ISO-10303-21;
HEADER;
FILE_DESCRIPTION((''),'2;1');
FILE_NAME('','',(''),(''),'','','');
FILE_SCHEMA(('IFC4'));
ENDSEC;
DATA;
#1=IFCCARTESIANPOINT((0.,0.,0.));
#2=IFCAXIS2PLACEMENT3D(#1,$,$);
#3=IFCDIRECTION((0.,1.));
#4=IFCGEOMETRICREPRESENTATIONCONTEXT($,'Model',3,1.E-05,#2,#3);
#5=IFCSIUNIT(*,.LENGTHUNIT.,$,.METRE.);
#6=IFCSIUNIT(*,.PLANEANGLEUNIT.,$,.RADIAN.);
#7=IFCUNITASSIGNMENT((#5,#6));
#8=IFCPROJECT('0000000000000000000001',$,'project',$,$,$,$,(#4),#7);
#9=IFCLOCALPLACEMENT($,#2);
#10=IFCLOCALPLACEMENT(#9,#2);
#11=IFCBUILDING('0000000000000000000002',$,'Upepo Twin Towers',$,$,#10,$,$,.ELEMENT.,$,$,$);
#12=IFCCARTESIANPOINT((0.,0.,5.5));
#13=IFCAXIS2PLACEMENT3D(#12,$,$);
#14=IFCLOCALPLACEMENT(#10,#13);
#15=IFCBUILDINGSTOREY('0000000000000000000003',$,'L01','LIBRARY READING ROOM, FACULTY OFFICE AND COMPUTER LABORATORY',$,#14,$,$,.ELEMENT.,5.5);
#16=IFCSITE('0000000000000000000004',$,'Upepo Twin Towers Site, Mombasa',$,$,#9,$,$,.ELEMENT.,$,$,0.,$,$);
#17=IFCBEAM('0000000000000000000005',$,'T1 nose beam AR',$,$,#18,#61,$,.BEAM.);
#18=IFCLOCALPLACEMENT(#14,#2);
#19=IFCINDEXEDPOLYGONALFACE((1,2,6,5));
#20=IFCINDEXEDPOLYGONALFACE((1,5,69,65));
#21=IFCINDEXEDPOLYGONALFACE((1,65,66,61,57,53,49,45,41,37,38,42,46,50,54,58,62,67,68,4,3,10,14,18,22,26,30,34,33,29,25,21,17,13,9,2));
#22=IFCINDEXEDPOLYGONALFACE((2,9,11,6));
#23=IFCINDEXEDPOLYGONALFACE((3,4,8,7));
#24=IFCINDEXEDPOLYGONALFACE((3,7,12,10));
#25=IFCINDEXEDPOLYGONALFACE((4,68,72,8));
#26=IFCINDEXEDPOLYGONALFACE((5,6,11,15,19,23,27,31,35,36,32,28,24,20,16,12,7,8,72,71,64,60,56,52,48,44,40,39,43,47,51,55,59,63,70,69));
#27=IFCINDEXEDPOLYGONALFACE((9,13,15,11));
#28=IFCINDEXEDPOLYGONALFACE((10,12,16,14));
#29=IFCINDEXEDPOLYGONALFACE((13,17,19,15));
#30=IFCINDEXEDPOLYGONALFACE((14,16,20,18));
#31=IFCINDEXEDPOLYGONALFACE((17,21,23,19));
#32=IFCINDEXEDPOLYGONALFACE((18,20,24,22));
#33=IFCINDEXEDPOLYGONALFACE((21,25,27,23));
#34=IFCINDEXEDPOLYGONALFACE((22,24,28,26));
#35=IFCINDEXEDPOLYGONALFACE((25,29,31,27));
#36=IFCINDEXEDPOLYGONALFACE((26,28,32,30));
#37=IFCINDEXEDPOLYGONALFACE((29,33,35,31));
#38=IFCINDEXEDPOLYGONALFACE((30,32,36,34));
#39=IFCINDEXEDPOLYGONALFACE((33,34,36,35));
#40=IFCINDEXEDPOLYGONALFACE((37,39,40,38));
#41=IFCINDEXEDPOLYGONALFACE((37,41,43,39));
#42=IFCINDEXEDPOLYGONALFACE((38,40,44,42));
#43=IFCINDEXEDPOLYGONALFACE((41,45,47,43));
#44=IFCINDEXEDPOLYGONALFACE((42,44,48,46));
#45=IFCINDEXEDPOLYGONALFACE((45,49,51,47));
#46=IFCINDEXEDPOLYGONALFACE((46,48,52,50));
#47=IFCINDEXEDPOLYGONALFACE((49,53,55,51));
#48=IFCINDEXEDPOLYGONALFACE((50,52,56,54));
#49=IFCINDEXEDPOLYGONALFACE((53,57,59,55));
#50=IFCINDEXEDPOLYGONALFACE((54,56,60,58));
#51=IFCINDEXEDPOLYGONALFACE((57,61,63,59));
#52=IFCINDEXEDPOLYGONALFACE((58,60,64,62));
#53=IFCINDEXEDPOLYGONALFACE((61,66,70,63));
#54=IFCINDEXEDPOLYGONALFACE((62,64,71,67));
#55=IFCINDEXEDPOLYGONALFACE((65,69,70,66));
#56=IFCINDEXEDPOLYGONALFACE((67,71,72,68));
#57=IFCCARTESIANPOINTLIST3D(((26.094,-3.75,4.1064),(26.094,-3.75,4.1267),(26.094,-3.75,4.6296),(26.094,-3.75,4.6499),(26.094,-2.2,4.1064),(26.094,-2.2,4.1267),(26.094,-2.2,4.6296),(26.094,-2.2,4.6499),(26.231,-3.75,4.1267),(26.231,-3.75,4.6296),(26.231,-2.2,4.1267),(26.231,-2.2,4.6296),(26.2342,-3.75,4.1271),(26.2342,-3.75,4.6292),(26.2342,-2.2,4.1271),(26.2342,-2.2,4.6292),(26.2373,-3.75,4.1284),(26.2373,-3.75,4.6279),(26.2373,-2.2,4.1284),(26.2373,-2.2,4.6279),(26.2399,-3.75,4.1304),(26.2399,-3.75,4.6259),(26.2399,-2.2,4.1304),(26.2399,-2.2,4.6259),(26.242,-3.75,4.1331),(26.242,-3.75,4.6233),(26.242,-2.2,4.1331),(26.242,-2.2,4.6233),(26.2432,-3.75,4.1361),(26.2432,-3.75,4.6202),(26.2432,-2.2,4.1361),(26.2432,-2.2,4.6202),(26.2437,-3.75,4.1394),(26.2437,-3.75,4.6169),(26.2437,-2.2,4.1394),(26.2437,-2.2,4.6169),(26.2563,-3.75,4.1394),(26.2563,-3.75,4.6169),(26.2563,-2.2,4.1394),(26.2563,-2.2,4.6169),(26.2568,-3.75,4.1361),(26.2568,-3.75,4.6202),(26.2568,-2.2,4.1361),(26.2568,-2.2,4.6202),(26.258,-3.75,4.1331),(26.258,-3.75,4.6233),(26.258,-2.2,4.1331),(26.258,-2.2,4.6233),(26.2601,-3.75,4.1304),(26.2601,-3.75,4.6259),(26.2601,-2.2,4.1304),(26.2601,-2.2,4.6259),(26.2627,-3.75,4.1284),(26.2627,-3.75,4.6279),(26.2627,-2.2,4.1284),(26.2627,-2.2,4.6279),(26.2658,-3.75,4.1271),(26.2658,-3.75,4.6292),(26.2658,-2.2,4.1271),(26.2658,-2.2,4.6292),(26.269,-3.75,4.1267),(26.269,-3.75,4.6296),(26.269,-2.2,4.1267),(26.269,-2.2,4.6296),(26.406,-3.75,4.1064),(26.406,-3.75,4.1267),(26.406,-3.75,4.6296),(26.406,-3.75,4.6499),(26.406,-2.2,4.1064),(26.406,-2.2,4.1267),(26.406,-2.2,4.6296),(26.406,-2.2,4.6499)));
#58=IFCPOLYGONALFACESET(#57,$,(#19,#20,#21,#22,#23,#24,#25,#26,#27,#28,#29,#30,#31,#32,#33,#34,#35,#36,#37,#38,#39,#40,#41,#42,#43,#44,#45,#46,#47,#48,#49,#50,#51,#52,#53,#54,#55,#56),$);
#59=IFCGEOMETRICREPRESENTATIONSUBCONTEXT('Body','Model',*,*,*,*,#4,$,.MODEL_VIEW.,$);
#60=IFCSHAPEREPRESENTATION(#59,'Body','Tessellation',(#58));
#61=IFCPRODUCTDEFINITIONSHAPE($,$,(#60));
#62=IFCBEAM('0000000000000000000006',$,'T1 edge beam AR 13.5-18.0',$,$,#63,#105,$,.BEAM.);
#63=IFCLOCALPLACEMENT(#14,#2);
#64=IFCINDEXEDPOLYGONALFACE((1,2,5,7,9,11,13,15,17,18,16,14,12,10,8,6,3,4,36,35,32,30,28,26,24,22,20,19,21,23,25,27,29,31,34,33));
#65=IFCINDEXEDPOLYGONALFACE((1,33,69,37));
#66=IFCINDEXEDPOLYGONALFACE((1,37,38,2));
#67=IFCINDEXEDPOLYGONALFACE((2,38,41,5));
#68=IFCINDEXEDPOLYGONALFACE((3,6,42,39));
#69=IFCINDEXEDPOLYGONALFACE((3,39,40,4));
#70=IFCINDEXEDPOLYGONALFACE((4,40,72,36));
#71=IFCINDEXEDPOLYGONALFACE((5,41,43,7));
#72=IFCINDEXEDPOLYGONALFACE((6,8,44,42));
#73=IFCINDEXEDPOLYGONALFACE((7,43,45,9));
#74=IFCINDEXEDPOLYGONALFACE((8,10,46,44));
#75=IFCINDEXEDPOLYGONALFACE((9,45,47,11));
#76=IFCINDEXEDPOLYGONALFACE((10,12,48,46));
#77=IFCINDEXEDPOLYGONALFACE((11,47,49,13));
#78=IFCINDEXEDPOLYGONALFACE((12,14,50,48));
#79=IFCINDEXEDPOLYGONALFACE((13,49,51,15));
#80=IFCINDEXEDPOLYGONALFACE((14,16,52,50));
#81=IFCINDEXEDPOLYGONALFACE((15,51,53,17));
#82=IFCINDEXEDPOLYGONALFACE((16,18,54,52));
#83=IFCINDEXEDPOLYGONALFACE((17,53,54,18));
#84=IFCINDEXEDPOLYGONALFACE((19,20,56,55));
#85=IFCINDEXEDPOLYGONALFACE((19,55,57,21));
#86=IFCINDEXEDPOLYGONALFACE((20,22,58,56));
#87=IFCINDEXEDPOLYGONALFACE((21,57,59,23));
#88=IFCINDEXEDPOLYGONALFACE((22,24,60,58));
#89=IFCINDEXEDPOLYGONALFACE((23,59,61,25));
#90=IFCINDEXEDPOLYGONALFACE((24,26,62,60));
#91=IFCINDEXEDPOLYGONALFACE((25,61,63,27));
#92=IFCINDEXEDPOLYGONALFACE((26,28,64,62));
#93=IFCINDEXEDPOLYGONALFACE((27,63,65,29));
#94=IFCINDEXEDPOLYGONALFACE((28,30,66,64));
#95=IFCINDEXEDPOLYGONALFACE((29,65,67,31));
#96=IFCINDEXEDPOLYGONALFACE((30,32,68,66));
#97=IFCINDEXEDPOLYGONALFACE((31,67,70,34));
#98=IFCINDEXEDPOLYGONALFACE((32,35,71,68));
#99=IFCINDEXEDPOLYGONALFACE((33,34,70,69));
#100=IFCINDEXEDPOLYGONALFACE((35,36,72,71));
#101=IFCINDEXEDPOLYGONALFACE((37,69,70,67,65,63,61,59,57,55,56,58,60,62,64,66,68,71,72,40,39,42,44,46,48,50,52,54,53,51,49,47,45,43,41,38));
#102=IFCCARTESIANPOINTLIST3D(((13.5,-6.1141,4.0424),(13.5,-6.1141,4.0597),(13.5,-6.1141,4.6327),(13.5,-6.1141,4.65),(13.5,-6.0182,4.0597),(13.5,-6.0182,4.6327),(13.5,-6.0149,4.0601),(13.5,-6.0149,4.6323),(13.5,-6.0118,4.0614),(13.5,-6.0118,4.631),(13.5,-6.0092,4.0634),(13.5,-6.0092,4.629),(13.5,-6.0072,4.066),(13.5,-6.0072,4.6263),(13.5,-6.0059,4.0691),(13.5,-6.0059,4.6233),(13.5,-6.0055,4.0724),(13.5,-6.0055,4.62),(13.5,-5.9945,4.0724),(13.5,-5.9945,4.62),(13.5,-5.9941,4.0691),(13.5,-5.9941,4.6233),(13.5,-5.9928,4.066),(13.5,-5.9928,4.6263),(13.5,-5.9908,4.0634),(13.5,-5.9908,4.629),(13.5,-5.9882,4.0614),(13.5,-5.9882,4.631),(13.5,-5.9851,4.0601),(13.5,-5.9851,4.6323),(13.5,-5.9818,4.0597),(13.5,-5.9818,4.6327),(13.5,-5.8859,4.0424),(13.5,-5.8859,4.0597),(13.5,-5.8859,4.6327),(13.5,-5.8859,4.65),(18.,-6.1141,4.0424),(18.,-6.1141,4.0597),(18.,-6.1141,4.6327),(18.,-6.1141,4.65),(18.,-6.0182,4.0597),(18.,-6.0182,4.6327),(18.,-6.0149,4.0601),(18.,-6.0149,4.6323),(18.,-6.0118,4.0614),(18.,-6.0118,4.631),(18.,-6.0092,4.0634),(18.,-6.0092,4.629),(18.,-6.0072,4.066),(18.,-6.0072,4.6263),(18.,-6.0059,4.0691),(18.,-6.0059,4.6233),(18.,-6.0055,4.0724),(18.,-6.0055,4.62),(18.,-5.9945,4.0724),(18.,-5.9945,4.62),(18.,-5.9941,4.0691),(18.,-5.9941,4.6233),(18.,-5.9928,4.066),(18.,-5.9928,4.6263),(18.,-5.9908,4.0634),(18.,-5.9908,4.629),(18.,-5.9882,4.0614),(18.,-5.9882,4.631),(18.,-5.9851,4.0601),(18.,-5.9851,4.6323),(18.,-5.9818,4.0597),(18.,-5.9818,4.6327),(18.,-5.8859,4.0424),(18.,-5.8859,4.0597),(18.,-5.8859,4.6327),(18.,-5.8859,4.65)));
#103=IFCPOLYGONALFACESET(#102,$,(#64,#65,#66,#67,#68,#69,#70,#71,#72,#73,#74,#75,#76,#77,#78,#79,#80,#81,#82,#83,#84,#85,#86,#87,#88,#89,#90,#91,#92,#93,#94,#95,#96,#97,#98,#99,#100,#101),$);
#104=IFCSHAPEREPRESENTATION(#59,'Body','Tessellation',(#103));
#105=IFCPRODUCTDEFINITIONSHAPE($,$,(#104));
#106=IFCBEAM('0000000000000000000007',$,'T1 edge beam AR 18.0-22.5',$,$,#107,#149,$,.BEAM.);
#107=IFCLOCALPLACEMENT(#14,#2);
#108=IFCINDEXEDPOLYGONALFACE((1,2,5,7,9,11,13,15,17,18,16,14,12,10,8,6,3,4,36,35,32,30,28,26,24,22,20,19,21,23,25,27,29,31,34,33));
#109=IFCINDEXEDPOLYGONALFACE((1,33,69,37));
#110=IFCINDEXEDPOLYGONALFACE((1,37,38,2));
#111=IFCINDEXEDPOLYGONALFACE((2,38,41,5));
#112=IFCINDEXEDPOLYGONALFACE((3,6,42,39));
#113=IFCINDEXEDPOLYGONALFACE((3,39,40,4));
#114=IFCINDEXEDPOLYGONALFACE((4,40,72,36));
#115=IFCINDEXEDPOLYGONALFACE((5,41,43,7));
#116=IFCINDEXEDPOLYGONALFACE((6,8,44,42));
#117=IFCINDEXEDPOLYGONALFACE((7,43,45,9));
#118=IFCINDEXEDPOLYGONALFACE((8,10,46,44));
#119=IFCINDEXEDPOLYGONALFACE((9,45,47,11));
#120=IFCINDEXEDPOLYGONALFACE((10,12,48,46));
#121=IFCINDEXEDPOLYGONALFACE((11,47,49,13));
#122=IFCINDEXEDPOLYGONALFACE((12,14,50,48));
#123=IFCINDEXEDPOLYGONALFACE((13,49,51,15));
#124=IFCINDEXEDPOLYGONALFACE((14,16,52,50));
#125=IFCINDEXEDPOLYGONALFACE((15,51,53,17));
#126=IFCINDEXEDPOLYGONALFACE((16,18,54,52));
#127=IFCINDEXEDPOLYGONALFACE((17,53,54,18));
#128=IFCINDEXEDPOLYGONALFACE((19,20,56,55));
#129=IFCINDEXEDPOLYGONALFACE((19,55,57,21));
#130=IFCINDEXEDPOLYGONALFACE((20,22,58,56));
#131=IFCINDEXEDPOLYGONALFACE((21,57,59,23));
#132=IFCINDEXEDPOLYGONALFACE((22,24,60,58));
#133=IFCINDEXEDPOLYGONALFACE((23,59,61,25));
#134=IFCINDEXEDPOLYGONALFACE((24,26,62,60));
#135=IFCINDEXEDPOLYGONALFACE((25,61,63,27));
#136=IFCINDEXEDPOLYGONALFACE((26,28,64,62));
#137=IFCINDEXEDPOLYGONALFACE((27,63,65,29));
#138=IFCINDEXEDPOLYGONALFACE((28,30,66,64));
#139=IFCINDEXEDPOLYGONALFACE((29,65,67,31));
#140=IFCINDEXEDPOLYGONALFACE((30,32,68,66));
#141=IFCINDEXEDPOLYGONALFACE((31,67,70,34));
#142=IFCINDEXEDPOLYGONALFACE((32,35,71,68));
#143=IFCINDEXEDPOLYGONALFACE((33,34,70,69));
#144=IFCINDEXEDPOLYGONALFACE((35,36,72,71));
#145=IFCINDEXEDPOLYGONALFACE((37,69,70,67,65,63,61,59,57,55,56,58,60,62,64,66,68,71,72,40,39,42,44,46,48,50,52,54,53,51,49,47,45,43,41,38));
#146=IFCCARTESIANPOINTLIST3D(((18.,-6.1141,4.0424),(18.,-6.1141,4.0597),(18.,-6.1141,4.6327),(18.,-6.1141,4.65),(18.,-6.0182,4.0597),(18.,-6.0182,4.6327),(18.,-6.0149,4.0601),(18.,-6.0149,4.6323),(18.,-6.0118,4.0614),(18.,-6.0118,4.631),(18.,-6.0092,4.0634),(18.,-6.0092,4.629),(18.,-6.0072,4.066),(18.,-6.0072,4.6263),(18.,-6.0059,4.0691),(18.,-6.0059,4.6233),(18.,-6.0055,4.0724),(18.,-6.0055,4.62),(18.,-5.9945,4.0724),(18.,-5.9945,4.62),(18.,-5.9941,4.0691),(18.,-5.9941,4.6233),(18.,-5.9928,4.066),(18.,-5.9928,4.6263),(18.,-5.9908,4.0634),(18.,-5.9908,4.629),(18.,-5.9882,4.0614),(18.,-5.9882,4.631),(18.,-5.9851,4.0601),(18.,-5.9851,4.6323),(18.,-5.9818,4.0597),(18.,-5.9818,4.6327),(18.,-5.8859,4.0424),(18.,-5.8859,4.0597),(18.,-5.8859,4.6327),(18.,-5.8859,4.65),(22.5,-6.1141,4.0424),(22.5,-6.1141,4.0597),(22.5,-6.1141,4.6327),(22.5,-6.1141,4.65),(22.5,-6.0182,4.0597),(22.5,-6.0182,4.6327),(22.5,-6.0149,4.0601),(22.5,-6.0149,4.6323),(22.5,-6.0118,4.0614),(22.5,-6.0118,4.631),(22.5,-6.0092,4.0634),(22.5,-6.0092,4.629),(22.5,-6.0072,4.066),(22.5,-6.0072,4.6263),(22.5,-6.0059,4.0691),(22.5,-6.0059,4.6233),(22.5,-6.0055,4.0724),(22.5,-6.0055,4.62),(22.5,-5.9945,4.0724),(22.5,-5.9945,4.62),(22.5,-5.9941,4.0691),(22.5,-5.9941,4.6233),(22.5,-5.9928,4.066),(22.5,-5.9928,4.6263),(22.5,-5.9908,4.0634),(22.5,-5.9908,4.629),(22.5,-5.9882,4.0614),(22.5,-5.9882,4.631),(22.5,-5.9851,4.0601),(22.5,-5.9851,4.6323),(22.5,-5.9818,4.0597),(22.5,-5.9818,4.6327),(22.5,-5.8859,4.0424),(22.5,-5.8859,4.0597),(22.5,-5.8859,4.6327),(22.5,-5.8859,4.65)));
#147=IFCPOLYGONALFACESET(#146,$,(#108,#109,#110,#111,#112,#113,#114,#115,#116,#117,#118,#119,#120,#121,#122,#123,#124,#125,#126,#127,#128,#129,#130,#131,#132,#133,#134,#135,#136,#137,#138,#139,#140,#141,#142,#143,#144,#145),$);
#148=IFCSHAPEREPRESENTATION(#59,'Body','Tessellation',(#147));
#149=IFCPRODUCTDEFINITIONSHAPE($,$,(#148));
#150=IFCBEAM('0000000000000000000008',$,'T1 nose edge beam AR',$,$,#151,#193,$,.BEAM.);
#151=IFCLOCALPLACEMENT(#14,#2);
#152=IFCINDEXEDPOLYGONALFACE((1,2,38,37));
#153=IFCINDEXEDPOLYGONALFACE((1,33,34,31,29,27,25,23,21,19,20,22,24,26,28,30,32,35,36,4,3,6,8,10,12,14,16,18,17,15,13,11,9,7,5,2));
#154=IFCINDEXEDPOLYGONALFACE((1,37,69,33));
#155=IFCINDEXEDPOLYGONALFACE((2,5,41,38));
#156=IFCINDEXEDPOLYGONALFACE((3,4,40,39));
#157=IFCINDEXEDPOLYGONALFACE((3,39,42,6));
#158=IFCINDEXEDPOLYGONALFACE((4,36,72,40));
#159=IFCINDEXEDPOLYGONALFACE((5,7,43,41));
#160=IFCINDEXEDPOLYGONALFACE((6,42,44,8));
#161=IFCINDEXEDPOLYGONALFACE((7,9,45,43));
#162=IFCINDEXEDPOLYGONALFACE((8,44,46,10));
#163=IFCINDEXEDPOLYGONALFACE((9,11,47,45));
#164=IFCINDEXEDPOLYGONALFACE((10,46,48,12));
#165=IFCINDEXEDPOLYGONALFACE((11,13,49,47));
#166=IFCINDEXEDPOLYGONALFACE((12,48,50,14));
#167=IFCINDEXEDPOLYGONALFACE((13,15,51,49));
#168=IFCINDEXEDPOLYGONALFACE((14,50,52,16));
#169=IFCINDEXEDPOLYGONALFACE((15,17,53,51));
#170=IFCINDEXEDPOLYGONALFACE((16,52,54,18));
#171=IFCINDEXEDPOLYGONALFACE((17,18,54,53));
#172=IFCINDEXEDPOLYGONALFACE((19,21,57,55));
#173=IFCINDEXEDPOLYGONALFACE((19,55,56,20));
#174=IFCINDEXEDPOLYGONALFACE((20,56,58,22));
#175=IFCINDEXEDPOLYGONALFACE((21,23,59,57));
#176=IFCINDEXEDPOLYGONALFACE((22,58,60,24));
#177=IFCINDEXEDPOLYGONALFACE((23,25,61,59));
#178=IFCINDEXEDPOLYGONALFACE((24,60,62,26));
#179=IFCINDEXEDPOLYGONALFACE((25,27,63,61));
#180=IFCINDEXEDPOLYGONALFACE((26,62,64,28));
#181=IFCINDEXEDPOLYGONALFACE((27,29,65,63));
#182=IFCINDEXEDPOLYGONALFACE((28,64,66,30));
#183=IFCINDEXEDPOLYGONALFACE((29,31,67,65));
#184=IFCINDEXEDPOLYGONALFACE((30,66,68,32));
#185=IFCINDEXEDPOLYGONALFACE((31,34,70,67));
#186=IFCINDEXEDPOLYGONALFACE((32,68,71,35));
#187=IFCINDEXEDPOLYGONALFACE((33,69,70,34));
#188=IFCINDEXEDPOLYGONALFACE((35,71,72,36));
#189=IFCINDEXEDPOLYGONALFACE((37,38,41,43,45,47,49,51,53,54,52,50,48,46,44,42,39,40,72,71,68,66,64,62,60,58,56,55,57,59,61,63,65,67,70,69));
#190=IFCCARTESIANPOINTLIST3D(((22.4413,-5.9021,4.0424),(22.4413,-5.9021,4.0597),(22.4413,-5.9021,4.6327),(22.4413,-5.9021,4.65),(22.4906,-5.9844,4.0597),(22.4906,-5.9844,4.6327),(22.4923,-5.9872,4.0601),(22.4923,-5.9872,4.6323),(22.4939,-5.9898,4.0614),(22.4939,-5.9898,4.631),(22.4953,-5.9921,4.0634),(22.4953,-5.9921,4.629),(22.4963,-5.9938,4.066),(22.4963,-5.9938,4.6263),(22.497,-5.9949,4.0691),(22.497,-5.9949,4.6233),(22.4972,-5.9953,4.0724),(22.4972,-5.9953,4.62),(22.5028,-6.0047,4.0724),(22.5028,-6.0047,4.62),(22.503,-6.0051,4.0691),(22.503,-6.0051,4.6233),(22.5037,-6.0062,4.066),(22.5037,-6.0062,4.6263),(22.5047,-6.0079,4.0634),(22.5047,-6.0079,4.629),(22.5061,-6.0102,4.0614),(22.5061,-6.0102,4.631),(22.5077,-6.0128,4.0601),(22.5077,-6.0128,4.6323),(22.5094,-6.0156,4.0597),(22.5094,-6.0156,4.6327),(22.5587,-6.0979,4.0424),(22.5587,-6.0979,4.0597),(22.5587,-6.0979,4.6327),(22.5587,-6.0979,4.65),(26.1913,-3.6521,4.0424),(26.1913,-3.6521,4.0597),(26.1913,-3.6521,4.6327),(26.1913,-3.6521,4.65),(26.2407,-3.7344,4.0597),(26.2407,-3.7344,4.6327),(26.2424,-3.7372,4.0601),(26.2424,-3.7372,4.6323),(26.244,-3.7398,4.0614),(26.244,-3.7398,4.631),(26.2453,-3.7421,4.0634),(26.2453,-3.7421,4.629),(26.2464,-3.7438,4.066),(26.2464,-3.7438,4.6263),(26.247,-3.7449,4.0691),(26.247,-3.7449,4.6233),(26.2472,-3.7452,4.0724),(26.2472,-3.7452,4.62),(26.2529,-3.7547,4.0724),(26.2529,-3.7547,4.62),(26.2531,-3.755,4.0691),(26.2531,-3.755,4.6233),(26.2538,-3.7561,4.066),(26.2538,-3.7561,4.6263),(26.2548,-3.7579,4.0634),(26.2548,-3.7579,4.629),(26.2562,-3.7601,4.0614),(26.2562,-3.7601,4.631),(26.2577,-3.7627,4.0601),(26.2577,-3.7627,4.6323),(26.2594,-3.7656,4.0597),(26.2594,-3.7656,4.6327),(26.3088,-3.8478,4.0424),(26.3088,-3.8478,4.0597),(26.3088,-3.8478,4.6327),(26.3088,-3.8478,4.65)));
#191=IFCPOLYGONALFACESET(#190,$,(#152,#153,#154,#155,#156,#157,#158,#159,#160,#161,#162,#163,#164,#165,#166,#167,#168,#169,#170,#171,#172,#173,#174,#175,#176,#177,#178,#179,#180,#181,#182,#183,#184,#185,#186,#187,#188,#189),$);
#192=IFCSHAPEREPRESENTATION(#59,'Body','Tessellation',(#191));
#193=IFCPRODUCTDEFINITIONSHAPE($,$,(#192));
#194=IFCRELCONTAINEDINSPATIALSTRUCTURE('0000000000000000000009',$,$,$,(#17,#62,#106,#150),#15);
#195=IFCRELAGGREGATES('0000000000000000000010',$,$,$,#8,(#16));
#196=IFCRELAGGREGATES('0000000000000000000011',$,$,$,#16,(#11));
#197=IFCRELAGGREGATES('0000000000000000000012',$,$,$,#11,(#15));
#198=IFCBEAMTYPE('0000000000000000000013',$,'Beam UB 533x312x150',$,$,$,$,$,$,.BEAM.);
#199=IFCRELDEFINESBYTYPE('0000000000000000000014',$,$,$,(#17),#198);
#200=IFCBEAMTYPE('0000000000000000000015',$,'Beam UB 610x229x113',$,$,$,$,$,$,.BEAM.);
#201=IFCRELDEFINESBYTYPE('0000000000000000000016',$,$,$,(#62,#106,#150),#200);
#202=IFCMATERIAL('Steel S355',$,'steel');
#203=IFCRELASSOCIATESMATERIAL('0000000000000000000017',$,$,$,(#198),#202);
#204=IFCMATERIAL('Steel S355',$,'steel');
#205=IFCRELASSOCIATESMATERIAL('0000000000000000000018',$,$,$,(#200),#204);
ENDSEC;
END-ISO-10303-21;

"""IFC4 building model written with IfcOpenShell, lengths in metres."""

from ifc_helpers import new_model, si_unit, direction, frame, origin, origin_2d, place, context, subcontext, project, spatial, i_section, extrude, material, material_profile, profile_set, type_object, element, save


model = new_model("IFC4")

# Units and contexts
model_context = context("Model", 3, precision=1e-05, world=origin(), true_north=direction((0.0, 1.0)))
body_context = subcontext(model_context, "Body", "Model", "MODEL_VIEW")
ifc_project = project(units=[si_unit("LENGTHUNIT", "METRE"), si_unit("PLANEANGLEUNIT", "RADIAN")], contexts=[model_context])

# Site, building, storey
site_placement = place(None, origin())
site = spatial("IfcSite", under=ifc_project, at=site_placement, Name="Upepo Twin Towers Site, Mombasa", CompositionType="ELEMENT", RefElevation=0.0)
building_placement = place(site_placement, origin())
building = spatial("IfcBuilding", under=site, at=building_placement, Name="Upepo Twin Towers", CompositionType="ELEMENT")
storey_placement = place(building_placement, frame((0.0, 0.0, 5.5)))
storey = spatial("IfcBuildingStorey", under=building, at=storey_placement, Name="L01", Description="LIBRARY READING ROOM, FACULTY OFFICE AND COMPUTER LABORATORY", CompositionType="ELEMENT", Elevation=5.5)

# Beams
ifc_material_1 = material(Name="Steel S355", Category="steel")
ifc_material_profile_1 = material_profile(ifc_material_1, i_section(OverallWidth=0.312, OverallDepth=0.5435, WebThickness=0.0127, FlangeThickness=0.0203, FilletRadius=0.0127, at=origin_2d()), Name="UB 533x312x150")
ifc_profile_set_1 = profile_set([ifc_material_profile_1], Name="Steel S355")
beam_type_1 = type_object("IfcBeamType", Name="Beam UB 533x312x150", PredefinedType="BEAM", material=ifc_profile_set_1)
beam_1_placement = place(storey_placement, frame((26.25, -3.75, 4.3782), z_axis=(0.0, 1.0, 0.0), x_axis=(-1.0, 0.0, 0.0)))
element("IfcBeam", 1, at=beam_1_placement, inside=storey, type_object=beam_type_1, Name="T1 nose beam AR", PredefinedType="BEAM", context=body_context, shape_type="SweptSolid", body=[
    extrude(i_section(OverallWidth=0.312, OverallDepth=0.5435, WebThickness=0.0127, FlangeThickness=0.0203, FilletRadius=0.0127, at=origin_2d()), origin(), (0.0, 0.0, 1.0), 1.55),
])
ifc_material_2 = material(Name="Steel S355", Category="steel")
ifc_material_profile_2 = material_profile(ifc_material_2, i_section(OverallWidth=0.2283, OverallDepth=0.6077, WebThickness=0.011, FlangeThickness=0.0173, FilletRadius=0.0127, at=origin_2d()), Name="UB 610x229x113")
ifc_profile_set_2 = profile_set([ifc_material_profile_2], Name="Steel S355")
beam_type_2 = type_object("IfcBeamType", Name="Beam UB 610x229x113", PredefinedType="BEAM", material=ifc_profile_set_2)
for number, where, z_axis, x_axis, name in (
    (2, (13.5, -6.0, 4.3462), (1.0, 0.0, 0.0), (0.0, 1.0, 0.0), "T1 edge beam AR 13.5-18.0"),
    (3, (18.0, -6.0, 4.3462), (1.0, 0.0, 0.0), (0.0, 1.0, 0.0), "T1 edge beam AR 18.0-22.5"),
):
    element("IfcBeam", number, at=place(storey_placement, frame(where, z_axis=z_axis, x_axis=x_axis)), inside=storey, type_object=beam_type_2, Name=name, PredefinedType="BEAM", context=body_context, shape_type="SweptSolid", body=[
        extrude(i_section(OverallWidth=0.2283, OverallDepth=0.6077, WebThickness=0.011, FlangeThickness=0.0173, FilletRadius=0.0127, at=origin_2d()), origin(), (0.0, 0.0, 1.0), 4.5),
    ])
beam_2_placement = place(storey_placement, frame((22.5, -6.0, 4.3462), z_axis=(0.857493, 0.514496, 0.0), x_axis=(-0.514496, 0.857493, 0.0)))
element("IfcBeam", 4, at=beam_2_placement, inside=storey, type_object=beam_type_2, Name="T1 nose edge beam AR", PredefinedType="BEAM", context=body_context, shape_type="SweptSolid", body=[
    extrude(i_section(OverallWidth=0.2283, OverallDepth=0.6077, WebThickness=0.011, FlangeThickness=0.0173, FilletRadius=0.0127, at=origin_2d()), origin(), (0.0, 0.0, 1.0), 4.3733),
])

save(model, "model.ifc")
